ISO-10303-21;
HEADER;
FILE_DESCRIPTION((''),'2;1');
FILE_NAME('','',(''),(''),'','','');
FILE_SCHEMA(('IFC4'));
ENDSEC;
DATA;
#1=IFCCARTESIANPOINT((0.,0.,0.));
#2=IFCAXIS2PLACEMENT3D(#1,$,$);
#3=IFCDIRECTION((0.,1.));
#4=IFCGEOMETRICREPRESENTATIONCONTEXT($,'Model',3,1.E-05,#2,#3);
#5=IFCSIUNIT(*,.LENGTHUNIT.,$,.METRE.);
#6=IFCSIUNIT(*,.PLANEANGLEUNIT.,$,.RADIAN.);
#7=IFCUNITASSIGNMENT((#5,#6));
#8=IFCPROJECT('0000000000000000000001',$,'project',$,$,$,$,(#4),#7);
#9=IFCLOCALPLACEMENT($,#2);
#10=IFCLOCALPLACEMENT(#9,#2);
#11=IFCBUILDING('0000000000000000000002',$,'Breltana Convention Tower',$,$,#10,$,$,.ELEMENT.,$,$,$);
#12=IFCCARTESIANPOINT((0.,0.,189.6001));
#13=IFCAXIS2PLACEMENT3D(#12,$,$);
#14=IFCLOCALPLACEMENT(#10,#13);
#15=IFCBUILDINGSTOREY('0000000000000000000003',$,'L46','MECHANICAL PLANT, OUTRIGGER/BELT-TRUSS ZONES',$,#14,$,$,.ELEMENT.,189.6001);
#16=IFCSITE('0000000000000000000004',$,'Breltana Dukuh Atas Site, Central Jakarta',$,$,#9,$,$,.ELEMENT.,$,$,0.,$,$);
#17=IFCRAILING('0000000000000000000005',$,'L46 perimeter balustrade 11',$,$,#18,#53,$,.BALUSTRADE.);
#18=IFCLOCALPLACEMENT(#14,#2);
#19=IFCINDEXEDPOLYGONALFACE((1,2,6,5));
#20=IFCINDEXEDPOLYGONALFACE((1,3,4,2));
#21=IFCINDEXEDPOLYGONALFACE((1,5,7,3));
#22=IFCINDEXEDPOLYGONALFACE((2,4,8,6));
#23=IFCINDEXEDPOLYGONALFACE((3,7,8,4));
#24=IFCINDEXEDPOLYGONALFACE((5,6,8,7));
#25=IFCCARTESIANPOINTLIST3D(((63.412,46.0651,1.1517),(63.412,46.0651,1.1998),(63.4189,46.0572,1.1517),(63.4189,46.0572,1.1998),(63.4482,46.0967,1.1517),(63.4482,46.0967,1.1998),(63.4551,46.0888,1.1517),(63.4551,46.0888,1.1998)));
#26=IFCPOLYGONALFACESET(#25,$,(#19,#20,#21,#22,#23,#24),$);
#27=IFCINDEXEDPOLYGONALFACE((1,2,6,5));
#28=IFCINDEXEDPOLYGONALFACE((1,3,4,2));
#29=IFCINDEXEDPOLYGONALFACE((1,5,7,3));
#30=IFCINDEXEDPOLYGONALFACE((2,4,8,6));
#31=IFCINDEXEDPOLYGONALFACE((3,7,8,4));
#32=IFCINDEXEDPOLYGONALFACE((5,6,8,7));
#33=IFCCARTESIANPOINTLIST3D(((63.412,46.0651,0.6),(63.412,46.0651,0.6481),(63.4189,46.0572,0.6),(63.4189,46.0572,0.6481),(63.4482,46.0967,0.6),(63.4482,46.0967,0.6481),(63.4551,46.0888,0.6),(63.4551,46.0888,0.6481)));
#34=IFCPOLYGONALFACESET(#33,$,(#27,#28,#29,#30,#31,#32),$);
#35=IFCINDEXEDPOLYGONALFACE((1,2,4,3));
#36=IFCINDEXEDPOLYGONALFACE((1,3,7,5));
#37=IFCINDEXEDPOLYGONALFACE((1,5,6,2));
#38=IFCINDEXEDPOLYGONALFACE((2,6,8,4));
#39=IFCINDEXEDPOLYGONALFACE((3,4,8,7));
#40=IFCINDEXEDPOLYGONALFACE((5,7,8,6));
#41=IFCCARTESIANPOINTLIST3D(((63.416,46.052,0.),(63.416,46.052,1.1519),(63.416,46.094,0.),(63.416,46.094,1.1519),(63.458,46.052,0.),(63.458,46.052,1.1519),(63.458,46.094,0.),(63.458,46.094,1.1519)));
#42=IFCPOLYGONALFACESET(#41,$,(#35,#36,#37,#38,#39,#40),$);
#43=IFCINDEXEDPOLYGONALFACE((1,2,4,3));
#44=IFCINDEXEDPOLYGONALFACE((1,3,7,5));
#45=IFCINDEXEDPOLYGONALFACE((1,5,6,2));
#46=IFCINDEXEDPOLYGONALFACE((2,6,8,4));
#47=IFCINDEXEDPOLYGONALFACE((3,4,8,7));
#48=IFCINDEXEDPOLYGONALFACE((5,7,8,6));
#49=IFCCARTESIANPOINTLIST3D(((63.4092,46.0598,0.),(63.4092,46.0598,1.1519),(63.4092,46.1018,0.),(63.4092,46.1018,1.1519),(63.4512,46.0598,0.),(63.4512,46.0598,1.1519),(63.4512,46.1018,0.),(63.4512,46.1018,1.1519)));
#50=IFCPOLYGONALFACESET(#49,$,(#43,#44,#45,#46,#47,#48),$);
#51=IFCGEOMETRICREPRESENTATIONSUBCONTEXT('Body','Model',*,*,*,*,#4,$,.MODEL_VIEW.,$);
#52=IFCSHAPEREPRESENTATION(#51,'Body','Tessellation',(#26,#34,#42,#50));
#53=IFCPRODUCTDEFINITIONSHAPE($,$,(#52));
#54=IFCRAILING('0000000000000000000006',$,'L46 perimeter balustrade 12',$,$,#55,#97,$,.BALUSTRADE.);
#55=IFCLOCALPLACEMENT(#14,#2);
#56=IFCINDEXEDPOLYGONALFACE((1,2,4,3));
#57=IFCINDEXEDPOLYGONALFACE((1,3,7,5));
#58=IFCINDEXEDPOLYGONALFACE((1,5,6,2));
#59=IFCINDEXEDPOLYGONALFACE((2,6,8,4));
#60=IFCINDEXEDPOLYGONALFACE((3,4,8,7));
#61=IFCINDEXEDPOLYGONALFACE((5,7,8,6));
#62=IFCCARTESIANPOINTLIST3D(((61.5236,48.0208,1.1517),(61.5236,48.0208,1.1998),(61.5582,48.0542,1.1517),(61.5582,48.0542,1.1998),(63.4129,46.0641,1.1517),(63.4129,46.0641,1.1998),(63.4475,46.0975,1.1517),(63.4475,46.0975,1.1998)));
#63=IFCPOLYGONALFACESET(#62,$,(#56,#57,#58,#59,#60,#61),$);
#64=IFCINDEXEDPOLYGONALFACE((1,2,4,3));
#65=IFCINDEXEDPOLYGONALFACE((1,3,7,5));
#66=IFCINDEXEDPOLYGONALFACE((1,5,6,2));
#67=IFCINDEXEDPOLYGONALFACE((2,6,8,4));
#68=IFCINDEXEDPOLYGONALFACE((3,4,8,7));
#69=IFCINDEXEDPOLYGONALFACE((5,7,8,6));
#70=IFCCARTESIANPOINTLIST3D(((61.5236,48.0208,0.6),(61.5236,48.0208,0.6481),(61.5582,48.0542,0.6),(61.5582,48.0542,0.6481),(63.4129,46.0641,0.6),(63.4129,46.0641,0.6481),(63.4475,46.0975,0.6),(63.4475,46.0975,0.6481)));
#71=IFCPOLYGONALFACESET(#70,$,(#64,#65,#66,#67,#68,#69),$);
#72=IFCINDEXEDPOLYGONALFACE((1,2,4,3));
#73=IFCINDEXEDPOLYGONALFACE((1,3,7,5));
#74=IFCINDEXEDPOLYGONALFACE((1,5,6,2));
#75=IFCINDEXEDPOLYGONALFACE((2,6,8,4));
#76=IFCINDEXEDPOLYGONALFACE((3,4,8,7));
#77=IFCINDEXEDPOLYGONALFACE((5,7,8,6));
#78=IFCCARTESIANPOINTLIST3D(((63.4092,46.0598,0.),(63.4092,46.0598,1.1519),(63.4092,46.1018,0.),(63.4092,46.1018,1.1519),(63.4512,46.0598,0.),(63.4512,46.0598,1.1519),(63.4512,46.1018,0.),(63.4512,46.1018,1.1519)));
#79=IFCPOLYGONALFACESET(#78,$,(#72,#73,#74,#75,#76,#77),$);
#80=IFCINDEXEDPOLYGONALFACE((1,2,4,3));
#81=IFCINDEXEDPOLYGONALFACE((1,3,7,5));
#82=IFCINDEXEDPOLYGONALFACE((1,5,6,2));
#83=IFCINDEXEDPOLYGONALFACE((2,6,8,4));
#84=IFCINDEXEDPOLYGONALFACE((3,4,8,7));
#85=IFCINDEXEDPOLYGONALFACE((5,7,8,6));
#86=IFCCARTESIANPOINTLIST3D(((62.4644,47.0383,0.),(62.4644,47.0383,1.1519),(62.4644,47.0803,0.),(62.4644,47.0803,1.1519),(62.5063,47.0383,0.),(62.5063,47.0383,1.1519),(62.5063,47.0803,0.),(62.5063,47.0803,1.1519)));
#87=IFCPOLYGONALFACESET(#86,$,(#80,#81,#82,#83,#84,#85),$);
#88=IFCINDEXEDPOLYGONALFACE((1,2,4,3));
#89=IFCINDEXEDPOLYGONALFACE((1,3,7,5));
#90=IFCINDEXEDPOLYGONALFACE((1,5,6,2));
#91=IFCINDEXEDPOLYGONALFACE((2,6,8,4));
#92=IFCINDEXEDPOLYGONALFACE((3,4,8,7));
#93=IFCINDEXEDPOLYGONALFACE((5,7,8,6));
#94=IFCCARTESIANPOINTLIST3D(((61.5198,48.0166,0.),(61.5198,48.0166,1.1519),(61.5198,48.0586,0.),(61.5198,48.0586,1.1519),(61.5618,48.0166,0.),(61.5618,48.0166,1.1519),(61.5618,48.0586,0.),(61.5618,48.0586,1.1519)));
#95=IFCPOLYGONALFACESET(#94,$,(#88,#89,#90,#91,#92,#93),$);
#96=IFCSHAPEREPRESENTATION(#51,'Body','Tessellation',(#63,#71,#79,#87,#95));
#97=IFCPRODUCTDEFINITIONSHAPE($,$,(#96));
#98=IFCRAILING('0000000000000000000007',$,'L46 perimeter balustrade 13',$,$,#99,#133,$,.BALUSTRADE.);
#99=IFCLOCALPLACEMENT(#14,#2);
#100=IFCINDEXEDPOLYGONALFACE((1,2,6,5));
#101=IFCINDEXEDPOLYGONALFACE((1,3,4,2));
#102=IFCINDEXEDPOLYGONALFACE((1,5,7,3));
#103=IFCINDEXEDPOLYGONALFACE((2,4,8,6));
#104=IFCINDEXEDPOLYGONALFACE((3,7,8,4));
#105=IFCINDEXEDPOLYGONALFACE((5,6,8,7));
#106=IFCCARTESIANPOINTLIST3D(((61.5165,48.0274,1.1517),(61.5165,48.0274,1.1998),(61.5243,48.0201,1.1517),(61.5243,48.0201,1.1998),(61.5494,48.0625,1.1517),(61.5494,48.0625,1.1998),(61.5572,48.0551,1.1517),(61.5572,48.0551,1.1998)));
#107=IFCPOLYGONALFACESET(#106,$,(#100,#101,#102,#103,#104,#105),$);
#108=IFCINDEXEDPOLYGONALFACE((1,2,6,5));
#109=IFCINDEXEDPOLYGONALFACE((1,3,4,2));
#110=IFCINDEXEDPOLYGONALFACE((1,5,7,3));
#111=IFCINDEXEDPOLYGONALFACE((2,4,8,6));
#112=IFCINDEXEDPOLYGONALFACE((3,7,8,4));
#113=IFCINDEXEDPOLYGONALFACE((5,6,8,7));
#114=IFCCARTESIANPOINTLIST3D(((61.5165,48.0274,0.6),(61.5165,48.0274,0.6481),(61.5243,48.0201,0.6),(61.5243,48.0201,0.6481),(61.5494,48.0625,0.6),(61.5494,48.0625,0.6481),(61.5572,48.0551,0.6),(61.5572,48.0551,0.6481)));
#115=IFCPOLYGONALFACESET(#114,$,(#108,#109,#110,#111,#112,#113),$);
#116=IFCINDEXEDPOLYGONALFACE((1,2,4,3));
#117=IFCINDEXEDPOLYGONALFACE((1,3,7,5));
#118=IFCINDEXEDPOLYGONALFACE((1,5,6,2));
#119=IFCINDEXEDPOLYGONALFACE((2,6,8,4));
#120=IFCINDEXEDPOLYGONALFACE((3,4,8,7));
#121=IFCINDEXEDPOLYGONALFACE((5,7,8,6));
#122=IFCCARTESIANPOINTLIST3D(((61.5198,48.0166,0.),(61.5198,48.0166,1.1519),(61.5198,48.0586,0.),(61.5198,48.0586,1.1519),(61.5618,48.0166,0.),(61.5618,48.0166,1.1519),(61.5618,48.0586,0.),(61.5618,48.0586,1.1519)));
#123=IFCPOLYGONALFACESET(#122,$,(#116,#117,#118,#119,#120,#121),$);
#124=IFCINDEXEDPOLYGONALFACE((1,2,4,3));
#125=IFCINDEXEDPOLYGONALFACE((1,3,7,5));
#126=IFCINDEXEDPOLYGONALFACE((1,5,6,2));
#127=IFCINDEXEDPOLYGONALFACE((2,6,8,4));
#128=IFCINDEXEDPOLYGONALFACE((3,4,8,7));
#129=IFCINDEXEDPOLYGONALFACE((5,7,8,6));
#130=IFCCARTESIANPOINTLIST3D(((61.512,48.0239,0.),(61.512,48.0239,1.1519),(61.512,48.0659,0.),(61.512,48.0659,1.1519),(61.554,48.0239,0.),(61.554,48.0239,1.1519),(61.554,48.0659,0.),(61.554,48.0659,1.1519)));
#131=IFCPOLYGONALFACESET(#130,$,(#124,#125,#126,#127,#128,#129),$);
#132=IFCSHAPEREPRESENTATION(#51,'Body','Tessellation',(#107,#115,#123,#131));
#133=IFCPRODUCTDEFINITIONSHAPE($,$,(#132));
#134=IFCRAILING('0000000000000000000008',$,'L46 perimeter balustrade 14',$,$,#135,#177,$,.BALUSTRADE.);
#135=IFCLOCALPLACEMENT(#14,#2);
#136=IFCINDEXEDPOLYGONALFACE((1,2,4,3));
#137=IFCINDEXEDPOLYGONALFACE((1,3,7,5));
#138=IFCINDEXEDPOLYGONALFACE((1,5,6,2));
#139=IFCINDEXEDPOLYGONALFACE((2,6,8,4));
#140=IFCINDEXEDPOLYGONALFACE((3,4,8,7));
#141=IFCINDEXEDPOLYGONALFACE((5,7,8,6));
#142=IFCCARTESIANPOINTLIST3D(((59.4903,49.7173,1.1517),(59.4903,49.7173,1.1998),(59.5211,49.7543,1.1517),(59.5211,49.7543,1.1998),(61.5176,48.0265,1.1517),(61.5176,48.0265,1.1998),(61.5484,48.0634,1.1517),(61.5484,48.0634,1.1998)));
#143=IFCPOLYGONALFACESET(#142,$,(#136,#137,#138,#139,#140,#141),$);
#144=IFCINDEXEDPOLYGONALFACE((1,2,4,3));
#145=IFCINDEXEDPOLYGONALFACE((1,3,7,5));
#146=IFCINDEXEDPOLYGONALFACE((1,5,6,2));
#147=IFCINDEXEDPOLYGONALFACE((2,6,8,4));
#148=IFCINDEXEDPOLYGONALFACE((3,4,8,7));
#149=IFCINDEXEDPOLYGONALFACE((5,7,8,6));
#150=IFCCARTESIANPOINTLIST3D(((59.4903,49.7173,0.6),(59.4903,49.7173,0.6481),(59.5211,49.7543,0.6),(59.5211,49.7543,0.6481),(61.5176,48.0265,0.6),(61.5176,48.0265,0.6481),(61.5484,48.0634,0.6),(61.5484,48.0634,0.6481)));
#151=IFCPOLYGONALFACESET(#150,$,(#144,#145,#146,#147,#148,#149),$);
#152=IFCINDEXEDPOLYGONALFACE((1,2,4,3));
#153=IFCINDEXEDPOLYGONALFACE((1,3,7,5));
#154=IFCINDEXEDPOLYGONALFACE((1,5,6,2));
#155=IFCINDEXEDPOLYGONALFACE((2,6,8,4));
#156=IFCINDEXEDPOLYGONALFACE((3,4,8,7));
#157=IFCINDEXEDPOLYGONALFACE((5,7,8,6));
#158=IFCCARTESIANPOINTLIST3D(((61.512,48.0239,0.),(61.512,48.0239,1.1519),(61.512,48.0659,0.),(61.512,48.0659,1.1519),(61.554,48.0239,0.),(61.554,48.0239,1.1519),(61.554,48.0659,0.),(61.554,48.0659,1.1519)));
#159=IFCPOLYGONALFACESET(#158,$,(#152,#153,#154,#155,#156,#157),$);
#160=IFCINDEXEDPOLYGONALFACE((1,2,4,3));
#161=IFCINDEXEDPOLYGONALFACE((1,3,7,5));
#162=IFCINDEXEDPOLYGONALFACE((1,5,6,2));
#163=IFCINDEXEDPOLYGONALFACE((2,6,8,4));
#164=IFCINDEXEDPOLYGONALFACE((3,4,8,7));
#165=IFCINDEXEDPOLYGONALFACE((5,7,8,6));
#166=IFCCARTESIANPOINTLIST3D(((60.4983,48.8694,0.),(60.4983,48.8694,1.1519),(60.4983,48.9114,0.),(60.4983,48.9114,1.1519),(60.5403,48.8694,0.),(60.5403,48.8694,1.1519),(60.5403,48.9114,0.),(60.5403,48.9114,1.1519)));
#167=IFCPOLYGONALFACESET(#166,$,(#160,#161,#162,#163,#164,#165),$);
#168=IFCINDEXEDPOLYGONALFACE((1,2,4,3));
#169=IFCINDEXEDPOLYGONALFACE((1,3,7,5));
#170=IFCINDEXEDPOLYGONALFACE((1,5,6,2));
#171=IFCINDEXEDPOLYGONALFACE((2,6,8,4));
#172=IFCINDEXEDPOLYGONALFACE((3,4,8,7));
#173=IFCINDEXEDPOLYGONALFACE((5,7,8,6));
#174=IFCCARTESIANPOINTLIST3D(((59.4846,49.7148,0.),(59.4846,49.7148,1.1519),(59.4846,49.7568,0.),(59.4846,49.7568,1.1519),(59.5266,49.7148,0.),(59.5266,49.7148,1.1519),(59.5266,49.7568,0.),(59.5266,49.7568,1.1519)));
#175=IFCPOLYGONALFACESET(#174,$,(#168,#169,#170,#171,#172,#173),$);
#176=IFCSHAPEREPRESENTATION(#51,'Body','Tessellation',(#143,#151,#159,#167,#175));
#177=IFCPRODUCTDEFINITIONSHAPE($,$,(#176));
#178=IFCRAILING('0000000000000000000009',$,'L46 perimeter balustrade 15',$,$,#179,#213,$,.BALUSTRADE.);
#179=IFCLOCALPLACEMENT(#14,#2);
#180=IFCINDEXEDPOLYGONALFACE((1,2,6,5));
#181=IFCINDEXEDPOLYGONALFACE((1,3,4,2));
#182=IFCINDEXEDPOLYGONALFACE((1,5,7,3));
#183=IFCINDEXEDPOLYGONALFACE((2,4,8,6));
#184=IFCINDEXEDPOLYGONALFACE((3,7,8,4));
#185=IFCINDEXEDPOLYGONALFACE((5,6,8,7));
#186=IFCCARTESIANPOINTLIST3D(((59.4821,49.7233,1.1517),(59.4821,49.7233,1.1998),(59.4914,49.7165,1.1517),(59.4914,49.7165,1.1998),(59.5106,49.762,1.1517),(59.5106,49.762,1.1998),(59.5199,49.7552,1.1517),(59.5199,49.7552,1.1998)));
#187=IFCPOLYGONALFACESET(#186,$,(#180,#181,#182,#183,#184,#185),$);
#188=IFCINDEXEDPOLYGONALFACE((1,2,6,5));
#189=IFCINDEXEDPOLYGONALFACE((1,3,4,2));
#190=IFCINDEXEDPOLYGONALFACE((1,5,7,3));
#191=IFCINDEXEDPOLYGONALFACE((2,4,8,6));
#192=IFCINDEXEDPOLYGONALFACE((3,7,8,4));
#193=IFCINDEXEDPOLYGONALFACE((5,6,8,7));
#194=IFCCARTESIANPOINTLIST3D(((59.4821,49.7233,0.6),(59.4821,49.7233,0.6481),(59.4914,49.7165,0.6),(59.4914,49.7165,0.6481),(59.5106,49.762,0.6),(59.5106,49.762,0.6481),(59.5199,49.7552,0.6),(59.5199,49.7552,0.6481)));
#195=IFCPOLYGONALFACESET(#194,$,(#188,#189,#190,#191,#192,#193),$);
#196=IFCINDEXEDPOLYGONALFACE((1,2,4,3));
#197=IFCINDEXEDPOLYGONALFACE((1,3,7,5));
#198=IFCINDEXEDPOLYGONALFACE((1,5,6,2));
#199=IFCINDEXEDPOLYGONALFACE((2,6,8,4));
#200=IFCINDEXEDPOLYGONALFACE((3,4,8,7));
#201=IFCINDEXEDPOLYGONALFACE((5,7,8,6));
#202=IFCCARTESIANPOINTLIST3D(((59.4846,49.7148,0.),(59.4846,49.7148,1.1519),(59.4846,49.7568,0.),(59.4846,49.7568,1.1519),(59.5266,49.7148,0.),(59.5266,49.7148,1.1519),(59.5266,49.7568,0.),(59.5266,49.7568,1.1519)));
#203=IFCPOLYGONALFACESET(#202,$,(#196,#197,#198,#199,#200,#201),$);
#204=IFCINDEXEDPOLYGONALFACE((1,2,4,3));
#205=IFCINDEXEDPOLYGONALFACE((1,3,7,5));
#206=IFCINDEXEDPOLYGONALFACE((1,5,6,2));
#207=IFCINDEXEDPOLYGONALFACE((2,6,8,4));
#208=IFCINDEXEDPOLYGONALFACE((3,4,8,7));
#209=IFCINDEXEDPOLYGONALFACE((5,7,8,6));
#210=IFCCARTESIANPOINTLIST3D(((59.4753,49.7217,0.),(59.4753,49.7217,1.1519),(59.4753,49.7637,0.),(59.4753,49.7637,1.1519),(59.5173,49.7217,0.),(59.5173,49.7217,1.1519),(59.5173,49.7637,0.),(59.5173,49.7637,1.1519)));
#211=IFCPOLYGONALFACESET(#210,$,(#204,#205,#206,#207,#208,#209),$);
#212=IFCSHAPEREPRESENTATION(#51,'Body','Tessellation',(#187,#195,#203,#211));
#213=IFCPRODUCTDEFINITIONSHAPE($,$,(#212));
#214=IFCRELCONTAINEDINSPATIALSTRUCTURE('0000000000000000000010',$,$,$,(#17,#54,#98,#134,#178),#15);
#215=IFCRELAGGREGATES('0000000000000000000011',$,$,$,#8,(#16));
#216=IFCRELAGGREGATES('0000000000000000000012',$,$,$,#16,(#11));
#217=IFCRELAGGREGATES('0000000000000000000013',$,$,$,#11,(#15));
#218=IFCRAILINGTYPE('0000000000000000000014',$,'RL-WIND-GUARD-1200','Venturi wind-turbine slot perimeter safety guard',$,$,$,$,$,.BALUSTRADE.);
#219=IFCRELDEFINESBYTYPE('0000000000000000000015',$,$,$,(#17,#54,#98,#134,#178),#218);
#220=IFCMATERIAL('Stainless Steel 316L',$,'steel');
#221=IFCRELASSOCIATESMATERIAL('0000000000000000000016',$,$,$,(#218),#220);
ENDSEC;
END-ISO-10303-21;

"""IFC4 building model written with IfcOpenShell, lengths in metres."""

from ifc_helpers import new_model, si_unit, direction, frame, origin, origin_2d, place, context, subcontext, project, spatial, rectangle, extrude, material, type_object, element, save


model = new_model("IFC4")

# Units and contexts
model_context = context("Model", 3, precision=1e-05, world=origin(), true_north=direction((0.0, 1.0)))
body_context = subcontext(model_context, "Body", "Model", "MODEL_VIEW")
ifc_project = project(units=[si_unit("LENGTHUNIT", "METRE"), si_unit("PLANEANGLEUNIT", "RADIAN")], contexts=[model_context])

# Site, building, storey
site_placement = place(None, origin())
site = spatial("IfcSite", under=ifc_project, at=site_placement, Name="Breltana Dukuh Atas Site, Central Jakarta", CompositionType="ELEMENT", RefElevation=0.0)
building_placement = place(site_placement, origin())
building = spatial("IfcBuilding", under=site, at=building_placement, Name="Breltana Convention Tower", CompositionType="ELEMENT")
storey_placement = place(building_placement, frame((0.0, 0.0, 189.6001)))
storey = spatial("IfcBuildingStorey", under=building, at=storey_placement, Name="L46", Description="MECHANICAL PLANT, OUTRIGGER/BELT-TRUSS ZONES", CompositionType="ELEMENT", Elevation=189.6001)

# Railings
ifc_material_1 = material(Name="Stainless Steel 316L", Category="steel")
railing_type = type_object("IfcRailingType", Name="RL-WIND-GUARD-1200", Description="Venturi wind-turbine slot perimeter safety guard", PredefinedType="BALUSTRADE", material=ifc_material_1)
railing_1_placement = place(storey_placement, frame((63.437, 46.073, 0.0)))
element("IfcRailing", 1, at=railing_1_placement, inside=storey, type_object=railing_type, Name="L46 perimeter balustrade 11", PredefinedType="BALUSTRADE", context=body_context, shape_type="SweptSolid", body=[
    extrude(rectangle(XDim=0.0481, YDim=0.0481, at=origin_2d()), frame((0.0, 0.0, 1.1758), z_axis=(-0.658505, 0.752577, 0.0), x_axis=(-0.752577, -0.658505, 0.0)), (0.0, 0.0, 1.0), 0.0105),
    extrude(rectangle(XDim=0.0481, YDim=0.0481, at=origin_2d()), frame((0.0, 0.0, 0.624), z_axis=(-0.658505, 0.752577, 0.0), x_axis=(-0.752577, -0.658505, 0.0)), (0.0, 0.0, 1.0), 0.0105),
    extrude(rectangle(XDim=0.042, YDim=0.042, at=origin_2d()), origin(), (0.0, 0.0, 1.0), 1.1519),
    extrude(rectangle(XDim=0.042, YDim=0.042, at=origin_2d()), frame((-0.0068, 0.0078, 0.0)), (0.0, 0.0, 1.0), 1.1519),
])
railing_2_placement = place(storey_placement, frame((63.4302, 46.0808, 0.0)))
element("IfcRailing", 2, at=railing_2_placement, inside=storey, type_object=railing_type, Name="L46 perimeter balustrade 12", PredefinedType="BALUSTRADE", context=body_context, shape_type="SweptSolid", body=[
    extrude(rectangle(XDim=0.0481, YDim=0.0481, at=origin_2d()), frame((0.0, 0.0, 1.1758), z_axis=(-0.694612, 0.719384, 0.0), x_axis=(-0.719384, -0.694612, 0.0)), (0.0, 0.0, 1.0), 2.72),
    extrude(rectangle(XDim=0.0481, YDim=0.0481, at=origin_2d()), frame((0.0, 0.0, 0.624), z_axis=(-0.694612, 0.719384, 0.0), x_axis=(-0.719384, -0.694612, 0.0)), (0.0, 0.0, 1.0), 2.72),
    extrude(rectangle(XDim=0.042, YDim=0.042, at=origin_2d()), origin(), (0.0, 0.0, 1.0), 1.1519),
    extrude(rectangle(XDim=0.042, YDim=0.042, at=origin_2d()), frame((-0.9448, 0.9785, 0.0)), (0.0, 0.0, 1.0), 1.1519),
    extrude(rectangle(XDim=0.042, YDim=0.042, at=origin_2d()), frame((-1.8894, 1.9568, 0.0)), (0.0, 0.0, 1.0), 1.1519),
])
railing_3_placement = place(storey_placement, frame((61.5408, 48.0376, 0.0)))
element("IfcRailing", 3, at=railing_3_placement, inside=storey, type_object=railing_type, Name="L46 perimeter balustrade 13", PredefinedType="BALUSTRADE", context=body_context, shape_type="SweptSolid", body=[
    extrude(rectangle(XDim=0.0481, YDim=0.0481, at=origin_2d()), frame((0.0, 0.0, 1.1758), z_axis=(-0.729537, 0.683941, 0.0), x_axis=(-0.683941, -0.729537, 0.0)), (0.0, 0.0, 1.0), 0.0107),
    extrude(rectangle(XDim=0.0481, YDim=0.0481, at=origin_2d()), frame((0.0, 0.0, 0.624), z_axis=(-0.729537, 0.683941, 0.0), x_axis=(-0.683941, -0.729537, 0.0)), (0.0, 0.0, 1.0), 0.0107),
    extrude(rectangle(XDim=0.042, YDim=0.042, at=origin_2d()), origin(), (0.0, 0.0, 1.0), 1.1519),
    extrude(rectangle(XDim=0.042, YDim=0.042, at=origin_2d()), frame((-0.0078, 0.0073, 0.0)), (0.0, 0.0, 1.0), 1.1519),
])
railing_4_placement = place(storey_placement, frame((61.533, 48.0449, 0.0)))
element("IfcRailing", 4, at=railing_4_placement, inside=storey, type_object=railing_type, Name="L46 perimeter balustrade 14", PredefinedType="BALUSTRADE", context=body_context, shape_type="SweptSolid", body=[
    extrude(rectangle(XDim=0.0481, YDim=0.0481, at=origin_2d()), frame((0.0, 0.0, 1.1758), z_axis=(-0.767948, 0.640512, 0.0), x_axis=(-0.640512, -0.767948, 0.0)), (0.0, 0.0, 1.0), 2.6399),
    extrude(rectangle(XDim=0.0481, YDim=0.0481, at=origin_2d()), frame((0.0, 0.0, 0.624), z_axis=(-0.767948, 0.640512, 0.0), x_axis=(-0.640512, -0.767948, 0.0)), (0.0, 0.0, 1.0), 2.6399),
    extrude(rectangle(XDim=0.042, YDim=0.042, at=origin_2d()), origin(), (0.0, 0.0, 1.0), 1.1519),
    extrude(rectangle(XDim=0.042, YDim=0.042, at=origin_2d()), frame((-1.0137, 0.8455, 0.0)), (0.0, 0.0, 1.0), 1.1519),
    extrude(rectangle(XDim=0.042, YDim=0.042, at=origin_2d()), frame((-2.0273, 1.6909, 0.0)), (0.0, 0.0, 1.0), 1.1519),
])
railing_5_placement = place(storey_placement, frame((59.5056, 49.7358, 0.0)))
element("IfcRailing", 5, at=railing_5_placement, inside=storey, type_object=railing_type, Name="L46 perimeter balustrade 15", PredefinedType="BALUSTRADE", context=body_context, shape_type="SweptSolid", body=[
    extrude(rectangle(XDim=0.0481, YDim=0.0481, at=origin_2d()), frame((0.0, 0.0, 1.1758), z_axis=(-0.805056, 0.593199, 0.0), x_axis=(-0.593199, -0.805056, 0.0)), (0.0, 0.0, 1.0), 0.0115),
    extrude(rectangle(XDim=0.0481, YDim=0.0481, at=origin_2d()), frame((0.0, 0.0, 0.624), z_axis=(-0.805056, 0.593199, 0.0), x_axis=(-0.593199, -0.805056, 0.0)), (0.0, 0.0, 1.0), 0.0115),
    extrude(rectangle(XDim=0.042, YDim=0.042, at=origin_2d()), origin(), (0.0, 0.0, 1.0), 1.1519),
    extrude(rectangle(XDim=0.042, YDim=0.042, at=origin_2d()), frame((-0.0093, 0.0068, 0.0)), (0.0, 0.0, 1.0), 1.1519),
])

save(model, "model.ifc")
